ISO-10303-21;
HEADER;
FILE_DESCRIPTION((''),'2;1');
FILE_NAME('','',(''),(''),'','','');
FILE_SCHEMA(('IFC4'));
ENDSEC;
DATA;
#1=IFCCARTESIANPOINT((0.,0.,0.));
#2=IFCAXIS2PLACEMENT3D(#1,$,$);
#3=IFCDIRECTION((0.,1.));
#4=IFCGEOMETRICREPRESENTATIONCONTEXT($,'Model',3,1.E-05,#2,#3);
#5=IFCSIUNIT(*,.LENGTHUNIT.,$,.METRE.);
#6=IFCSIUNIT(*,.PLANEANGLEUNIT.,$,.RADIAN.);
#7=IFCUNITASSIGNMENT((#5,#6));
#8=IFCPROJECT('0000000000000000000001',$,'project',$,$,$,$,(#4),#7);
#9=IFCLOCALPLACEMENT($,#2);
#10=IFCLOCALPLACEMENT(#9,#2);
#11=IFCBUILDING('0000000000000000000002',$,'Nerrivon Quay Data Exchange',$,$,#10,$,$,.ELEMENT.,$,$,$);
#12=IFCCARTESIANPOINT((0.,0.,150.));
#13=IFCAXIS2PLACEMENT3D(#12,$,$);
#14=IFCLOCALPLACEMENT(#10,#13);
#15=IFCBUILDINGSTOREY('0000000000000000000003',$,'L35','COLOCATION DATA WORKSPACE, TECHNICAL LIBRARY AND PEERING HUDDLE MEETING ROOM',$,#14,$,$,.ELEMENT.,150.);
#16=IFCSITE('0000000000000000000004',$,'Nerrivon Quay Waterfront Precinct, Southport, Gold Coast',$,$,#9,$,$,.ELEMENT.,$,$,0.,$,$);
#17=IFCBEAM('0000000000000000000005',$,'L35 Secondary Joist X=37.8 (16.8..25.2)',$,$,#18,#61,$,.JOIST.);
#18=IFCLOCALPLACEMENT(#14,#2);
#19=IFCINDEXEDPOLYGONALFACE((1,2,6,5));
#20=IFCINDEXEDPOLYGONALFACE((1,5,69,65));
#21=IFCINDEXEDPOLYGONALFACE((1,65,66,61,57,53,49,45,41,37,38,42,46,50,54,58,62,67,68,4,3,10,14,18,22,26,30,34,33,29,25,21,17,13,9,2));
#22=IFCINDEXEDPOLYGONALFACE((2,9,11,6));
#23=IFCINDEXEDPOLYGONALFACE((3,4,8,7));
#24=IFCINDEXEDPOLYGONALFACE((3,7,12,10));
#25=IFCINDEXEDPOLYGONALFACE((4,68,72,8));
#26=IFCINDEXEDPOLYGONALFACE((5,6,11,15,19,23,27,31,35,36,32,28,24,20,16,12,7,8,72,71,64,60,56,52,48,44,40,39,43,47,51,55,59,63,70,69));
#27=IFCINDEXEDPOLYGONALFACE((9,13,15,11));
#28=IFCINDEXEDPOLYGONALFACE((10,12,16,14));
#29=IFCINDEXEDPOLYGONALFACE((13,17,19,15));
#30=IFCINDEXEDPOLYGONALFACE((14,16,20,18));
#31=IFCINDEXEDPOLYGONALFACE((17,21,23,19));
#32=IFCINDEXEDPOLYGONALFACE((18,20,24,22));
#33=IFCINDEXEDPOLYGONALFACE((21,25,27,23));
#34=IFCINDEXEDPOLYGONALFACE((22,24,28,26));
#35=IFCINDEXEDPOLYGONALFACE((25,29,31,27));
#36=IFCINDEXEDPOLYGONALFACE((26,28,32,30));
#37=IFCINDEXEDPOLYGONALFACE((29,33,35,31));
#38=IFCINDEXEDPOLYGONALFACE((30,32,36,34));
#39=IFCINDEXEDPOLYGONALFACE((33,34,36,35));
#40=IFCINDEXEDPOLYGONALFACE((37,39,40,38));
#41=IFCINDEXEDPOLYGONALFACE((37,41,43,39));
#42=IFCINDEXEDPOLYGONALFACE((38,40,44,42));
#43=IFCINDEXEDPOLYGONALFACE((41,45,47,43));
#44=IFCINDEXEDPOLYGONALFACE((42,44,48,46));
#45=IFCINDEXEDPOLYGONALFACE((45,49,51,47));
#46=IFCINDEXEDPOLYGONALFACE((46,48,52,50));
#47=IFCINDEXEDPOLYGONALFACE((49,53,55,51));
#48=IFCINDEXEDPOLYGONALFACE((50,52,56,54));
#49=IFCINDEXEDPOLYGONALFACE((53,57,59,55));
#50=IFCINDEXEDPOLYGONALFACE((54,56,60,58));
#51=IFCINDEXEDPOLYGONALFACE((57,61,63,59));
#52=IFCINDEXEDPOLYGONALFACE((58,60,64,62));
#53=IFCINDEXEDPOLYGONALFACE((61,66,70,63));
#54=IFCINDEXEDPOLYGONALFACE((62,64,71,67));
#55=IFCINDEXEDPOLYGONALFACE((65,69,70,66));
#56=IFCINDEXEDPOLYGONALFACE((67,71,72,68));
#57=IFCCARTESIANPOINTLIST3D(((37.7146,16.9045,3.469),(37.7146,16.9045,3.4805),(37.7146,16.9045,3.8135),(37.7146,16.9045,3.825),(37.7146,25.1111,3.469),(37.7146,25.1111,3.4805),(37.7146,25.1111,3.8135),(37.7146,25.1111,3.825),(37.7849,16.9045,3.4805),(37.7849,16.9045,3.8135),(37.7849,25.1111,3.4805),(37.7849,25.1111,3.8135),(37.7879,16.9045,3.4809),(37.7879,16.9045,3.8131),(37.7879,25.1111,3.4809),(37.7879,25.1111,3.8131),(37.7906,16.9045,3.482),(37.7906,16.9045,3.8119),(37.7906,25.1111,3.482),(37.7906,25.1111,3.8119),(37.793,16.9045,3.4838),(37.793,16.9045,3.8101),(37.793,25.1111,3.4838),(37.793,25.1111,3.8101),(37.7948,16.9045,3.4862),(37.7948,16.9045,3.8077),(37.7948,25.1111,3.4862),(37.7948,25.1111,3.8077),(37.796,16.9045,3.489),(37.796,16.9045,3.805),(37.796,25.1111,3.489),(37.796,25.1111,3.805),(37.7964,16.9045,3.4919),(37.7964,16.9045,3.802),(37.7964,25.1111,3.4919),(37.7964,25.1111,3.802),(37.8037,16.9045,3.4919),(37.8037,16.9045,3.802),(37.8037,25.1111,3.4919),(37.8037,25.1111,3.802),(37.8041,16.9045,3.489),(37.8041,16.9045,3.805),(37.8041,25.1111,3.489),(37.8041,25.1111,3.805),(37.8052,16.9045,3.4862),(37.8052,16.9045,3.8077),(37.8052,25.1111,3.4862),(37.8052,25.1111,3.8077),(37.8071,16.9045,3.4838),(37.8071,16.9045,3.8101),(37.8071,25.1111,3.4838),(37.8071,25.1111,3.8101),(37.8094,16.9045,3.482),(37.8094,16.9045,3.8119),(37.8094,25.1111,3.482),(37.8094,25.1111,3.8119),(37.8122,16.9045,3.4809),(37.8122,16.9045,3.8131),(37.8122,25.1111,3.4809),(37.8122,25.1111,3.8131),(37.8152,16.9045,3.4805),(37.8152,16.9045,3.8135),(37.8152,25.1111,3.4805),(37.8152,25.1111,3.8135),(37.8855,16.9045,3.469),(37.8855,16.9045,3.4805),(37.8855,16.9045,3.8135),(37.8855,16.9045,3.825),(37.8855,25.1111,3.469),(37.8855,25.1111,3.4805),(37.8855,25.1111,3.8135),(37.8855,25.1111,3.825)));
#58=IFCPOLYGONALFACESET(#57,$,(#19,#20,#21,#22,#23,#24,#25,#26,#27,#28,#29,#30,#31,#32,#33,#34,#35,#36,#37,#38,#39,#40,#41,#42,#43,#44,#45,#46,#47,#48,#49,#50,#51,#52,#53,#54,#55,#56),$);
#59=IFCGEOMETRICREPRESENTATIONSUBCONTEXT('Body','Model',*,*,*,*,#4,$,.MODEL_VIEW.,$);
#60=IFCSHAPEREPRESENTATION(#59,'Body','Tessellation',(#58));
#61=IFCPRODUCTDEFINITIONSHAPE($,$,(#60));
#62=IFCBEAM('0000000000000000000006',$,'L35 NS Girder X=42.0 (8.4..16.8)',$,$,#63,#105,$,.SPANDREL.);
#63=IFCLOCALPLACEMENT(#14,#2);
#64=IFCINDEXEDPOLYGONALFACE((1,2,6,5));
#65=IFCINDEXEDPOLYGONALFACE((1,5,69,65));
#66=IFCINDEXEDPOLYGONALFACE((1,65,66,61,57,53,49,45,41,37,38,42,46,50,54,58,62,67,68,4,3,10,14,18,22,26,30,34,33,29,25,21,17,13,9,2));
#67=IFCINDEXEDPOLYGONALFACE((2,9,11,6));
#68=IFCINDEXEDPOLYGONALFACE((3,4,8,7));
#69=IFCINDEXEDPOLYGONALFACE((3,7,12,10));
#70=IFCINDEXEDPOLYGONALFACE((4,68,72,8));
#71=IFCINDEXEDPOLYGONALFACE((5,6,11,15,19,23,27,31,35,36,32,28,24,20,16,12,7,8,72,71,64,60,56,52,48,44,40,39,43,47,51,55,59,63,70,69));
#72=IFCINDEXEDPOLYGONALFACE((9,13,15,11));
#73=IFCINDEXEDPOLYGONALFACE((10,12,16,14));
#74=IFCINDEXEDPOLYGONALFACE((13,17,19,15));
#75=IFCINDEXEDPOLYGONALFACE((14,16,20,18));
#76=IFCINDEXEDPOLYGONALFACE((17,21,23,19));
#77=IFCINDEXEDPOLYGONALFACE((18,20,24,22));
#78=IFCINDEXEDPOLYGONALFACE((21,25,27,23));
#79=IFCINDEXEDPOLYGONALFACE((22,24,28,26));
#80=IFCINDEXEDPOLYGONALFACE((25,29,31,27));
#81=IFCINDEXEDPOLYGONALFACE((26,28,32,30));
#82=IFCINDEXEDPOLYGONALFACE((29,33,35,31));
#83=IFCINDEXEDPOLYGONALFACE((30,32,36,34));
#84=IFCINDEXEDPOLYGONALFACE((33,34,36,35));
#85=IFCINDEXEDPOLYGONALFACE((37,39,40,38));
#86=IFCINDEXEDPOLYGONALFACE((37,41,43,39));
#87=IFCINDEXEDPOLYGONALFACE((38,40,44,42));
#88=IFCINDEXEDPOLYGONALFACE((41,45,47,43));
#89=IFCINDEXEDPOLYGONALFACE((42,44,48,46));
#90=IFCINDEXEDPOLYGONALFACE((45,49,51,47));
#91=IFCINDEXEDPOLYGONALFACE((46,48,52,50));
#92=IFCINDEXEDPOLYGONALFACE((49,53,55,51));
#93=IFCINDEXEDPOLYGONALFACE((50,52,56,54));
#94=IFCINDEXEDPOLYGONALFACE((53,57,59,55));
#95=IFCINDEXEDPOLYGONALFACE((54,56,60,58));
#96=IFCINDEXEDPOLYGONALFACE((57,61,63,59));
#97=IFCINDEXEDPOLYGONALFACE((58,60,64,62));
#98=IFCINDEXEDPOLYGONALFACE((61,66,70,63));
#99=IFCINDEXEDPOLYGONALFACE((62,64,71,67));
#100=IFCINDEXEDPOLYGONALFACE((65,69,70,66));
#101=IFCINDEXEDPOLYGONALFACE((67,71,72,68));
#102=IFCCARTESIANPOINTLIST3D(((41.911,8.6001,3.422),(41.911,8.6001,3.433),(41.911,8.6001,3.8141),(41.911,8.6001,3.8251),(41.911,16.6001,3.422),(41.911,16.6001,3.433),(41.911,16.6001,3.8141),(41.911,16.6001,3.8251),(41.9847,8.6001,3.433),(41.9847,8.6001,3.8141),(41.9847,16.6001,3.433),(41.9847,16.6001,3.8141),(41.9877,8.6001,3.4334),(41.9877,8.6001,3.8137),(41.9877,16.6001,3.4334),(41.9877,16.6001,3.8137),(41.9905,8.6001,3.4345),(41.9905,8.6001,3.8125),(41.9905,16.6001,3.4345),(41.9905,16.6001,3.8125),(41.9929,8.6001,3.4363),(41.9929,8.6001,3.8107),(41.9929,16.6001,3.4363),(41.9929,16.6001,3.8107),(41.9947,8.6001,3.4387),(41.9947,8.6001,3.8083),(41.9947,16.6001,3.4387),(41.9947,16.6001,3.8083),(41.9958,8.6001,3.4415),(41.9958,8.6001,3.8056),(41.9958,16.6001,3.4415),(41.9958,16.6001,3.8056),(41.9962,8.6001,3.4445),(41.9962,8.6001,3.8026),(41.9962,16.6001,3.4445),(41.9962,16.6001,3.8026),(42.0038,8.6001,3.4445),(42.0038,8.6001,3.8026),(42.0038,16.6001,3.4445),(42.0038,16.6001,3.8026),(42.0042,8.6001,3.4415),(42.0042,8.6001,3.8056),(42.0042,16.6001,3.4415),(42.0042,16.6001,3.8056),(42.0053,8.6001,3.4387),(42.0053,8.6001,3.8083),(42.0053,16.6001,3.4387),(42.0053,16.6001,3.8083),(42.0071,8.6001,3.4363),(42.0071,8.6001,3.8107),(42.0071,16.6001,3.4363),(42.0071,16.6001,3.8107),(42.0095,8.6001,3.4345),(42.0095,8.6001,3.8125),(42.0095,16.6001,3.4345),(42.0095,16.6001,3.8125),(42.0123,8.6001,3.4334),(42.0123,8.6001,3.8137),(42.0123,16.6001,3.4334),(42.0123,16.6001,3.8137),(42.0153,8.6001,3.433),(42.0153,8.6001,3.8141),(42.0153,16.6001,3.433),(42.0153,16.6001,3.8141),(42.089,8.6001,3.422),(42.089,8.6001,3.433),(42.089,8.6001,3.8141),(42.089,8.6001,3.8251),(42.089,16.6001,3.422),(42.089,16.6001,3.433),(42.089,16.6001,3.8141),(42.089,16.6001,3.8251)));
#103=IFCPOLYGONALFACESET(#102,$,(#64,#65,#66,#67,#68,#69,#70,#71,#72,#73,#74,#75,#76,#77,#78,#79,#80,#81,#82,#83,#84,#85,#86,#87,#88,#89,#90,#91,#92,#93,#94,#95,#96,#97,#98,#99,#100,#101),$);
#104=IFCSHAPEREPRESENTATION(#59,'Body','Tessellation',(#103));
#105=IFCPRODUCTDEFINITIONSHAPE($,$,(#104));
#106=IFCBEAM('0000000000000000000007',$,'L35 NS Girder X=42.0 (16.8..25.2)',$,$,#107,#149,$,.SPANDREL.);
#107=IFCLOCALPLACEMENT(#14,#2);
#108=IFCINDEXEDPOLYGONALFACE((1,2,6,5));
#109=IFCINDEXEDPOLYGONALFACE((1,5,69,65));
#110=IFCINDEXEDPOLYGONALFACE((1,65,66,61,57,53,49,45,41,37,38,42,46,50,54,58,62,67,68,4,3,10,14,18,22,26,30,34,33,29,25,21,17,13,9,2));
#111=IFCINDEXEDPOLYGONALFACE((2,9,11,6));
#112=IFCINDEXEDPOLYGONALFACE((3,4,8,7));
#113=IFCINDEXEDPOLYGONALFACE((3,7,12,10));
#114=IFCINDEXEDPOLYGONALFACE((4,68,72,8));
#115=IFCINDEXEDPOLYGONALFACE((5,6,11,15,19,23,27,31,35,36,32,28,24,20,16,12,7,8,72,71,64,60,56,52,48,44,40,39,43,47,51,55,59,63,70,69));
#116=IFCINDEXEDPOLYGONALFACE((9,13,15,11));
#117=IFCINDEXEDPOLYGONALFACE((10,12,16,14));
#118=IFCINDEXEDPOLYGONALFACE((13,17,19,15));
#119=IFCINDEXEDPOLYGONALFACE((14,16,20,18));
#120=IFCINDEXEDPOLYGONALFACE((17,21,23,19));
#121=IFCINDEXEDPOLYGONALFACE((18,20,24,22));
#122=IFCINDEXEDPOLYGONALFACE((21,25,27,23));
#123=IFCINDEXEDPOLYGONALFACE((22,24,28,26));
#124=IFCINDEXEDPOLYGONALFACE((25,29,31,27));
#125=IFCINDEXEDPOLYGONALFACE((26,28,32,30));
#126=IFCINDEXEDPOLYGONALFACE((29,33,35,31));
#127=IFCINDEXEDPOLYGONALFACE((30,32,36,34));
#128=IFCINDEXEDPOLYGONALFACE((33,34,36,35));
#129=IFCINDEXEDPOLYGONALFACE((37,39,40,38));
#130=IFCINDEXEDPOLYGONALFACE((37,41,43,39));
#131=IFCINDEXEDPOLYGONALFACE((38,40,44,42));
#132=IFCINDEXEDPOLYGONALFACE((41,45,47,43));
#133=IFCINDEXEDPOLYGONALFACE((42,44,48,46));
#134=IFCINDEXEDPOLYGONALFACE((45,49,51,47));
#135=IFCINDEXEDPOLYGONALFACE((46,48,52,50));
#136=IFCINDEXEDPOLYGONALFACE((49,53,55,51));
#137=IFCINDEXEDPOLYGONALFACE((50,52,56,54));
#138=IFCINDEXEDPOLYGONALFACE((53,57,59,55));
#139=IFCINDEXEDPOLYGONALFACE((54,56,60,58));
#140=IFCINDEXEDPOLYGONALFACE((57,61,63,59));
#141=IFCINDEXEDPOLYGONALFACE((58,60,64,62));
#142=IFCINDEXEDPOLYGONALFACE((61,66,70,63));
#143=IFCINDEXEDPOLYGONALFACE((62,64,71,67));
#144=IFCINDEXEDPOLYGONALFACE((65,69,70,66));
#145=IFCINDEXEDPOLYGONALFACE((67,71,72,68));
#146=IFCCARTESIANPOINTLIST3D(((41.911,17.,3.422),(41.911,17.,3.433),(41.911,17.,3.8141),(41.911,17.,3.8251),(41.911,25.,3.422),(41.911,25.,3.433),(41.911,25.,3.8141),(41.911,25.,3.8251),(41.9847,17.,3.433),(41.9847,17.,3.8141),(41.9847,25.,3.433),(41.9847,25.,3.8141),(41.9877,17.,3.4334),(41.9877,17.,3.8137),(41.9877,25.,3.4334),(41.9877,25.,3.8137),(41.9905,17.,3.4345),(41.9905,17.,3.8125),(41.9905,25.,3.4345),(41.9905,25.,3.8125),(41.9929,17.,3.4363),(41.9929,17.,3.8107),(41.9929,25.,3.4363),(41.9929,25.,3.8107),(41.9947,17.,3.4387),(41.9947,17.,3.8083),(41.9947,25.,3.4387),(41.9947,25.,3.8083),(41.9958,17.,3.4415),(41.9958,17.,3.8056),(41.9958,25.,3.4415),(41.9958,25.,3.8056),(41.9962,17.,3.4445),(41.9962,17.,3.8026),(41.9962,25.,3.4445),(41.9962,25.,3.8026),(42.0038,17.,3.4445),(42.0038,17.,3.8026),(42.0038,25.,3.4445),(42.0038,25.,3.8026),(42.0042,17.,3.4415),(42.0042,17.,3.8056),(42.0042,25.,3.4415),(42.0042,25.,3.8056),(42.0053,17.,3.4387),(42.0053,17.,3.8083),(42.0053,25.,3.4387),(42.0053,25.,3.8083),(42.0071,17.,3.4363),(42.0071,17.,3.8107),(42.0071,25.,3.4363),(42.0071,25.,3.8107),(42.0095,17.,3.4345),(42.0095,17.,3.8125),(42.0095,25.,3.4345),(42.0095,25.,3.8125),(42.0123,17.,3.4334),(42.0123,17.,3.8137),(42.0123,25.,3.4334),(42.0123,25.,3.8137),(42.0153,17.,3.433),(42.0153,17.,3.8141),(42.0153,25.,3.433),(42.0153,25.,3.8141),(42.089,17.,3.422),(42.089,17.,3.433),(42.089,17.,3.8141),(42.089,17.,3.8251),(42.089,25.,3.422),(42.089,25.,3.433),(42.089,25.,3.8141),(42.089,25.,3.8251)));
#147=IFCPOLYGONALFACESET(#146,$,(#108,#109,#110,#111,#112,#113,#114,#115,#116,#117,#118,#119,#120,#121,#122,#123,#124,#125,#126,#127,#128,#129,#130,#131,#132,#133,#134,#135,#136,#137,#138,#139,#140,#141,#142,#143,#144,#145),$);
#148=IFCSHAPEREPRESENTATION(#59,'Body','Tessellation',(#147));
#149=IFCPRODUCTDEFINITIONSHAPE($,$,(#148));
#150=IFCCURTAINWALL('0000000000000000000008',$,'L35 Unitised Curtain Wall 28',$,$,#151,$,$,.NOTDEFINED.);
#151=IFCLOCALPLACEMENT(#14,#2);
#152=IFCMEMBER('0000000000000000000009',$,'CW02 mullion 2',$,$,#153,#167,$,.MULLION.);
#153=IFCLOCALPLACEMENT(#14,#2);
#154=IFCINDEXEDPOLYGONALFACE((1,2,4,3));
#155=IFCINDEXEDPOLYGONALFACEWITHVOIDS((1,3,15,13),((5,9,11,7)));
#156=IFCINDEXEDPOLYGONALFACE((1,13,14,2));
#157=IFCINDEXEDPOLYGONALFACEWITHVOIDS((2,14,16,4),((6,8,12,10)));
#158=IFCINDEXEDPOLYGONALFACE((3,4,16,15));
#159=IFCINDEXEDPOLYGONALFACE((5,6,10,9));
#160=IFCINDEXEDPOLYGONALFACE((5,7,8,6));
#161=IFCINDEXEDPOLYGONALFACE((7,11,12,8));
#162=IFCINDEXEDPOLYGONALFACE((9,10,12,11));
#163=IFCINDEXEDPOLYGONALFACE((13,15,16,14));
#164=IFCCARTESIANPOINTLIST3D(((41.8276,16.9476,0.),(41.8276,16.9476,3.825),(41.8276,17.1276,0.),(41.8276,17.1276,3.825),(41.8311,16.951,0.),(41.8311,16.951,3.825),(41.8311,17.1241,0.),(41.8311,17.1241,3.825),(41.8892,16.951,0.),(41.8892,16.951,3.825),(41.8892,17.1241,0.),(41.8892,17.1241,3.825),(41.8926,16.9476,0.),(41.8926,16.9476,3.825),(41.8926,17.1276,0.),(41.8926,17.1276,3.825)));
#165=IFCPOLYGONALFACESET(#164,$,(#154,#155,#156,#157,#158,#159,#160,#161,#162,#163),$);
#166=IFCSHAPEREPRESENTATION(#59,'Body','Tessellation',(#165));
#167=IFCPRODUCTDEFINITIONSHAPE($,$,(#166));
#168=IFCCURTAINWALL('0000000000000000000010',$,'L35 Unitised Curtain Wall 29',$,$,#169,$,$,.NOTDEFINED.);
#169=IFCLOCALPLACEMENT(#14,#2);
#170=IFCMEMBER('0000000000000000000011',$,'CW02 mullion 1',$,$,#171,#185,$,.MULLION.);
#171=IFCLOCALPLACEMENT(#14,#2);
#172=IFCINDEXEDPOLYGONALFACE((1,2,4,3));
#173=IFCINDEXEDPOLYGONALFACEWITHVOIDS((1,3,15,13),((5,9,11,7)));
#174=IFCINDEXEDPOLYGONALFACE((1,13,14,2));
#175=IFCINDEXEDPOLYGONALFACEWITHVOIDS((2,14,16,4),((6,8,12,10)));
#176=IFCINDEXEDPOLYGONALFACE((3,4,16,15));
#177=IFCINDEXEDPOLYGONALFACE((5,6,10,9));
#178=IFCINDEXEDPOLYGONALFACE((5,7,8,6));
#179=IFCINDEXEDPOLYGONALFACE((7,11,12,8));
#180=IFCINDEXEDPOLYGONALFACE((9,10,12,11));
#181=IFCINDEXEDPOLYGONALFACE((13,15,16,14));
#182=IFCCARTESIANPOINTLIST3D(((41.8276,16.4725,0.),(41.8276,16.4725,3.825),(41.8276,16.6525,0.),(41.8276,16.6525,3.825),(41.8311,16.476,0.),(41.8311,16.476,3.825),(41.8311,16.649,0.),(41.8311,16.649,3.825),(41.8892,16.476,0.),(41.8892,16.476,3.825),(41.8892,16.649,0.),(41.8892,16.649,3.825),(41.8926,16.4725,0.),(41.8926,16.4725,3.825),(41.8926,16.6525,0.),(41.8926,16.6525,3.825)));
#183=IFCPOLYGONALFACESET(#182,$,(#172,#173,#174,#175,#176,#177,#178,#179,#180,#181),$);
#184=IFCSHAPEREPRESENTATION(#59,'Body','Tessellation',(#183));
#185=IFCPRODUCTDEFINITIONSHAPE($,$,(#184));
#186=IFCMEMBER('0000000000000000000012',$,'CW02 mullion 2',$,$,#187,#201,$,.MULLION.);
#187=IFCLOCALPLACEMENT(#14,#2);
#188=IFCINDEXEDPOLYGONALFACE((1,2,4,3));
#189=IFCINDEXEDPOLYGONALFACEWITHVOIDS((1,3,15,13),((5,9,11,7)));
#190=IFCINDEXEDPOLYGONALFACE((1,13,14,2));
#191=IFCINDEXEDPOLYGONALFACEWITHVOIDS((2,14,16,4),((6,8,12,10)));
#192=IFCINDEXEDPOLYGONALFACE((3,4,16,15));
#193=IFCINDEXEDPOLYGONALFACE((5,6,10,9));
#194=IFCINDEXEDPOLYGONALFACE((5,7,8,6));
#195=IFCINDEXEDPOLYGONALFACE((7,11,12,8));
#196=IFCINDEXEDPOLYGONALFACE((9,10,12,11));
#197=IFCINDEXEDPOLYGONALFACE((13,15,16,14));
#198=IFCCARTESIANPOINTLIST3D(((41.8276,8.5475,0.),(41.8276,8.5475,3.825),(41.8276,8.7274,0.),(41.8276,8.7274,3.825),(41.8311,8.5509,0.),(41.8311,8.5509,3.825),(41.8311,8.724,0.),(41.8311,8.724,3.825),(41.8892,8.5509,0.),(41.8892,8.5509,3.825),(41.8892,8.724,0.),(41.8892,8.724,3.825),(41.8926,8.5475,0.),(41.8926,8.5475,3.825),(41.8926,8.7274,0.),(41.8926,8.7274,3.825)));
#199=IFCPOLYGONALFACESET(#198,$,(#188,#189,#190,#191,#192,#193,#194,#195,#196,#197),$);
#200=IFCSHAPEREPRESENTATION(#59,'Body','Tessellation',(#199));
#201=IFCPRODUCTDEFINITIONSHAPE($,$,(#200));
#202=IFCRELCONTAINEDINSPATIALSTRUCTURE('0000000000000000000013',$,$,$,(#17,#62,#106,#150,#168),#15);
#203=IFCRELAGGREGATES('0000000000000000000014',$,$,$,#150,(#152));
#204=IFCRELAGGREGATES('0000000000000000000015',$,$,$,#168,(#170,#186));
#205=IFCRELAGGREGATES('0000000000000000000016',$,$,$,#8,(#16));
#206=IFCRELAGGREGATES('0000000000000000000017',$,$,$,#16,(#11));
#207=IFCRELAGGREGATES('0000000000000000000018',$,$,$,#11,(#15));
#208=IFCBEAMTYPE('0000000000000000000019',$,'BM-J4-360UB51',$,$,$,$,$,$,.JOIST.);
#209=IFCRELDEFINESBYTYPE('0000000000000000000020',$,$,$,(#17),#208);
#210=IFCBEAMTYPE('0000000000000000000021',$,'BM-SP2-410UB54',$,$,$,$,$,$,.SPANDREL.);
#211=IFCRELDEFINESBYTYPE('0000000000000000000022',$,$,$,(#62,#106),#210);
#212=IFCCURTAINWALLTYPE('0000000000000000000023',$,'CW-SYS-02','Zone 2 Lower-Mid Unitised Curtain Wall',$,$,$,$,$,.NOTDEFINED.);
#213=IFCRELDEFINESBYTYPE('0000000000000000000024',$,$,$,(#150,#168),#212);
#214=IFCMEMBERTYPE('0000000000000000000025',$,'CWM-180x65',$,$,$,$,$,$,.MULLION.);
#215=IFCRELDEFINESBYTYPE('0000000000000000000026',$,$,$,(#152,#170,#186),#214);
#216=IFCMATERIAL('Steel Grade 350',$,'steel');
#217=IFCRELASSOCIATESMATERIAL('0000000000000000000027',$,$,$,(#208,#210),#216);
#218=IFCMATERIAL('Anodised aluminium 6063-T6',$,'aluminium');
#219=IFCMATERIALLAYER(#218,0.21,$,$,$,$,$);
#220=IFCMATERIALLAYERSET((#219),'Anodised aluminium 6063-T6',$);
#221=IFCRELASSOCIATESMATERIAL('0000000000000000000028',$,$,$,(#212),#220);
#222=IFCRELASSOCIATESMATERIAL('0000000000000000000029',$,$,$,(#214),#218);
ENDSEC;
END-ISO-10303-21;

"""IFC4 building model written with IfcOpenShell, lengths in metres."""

from ifc_helpers import new_model, si_unit, direction, frame, origin, origin_2d, place, context, subcontext, project, spatial, hollow_rectangle, i_section, extrude, material, layer, layer_set, material_profile, profile_set, type_object, element, aggregate, save


model = new_model("IFC4")

# Units and contexts
model_context = context("Model", 3, precision=1e-05, world=origin(), true_north=direction((0.0, 1.0)))
body_context = subcontext(model_context, "Body", "Model", "MODEL_VIEW")
ifc_project = project(units=[si_unit("LENGTHUNIT", "METRE"), si_unit("PLANEANGLEUNIT", "RADIAN")], contexts=[model_context])

# Site, building, storey
site_placement = place(None, origin())
site = spatial("IfcSite", under=ifc_project, at=site_placement, Name="Nerrivon Quay Waterfront Precinct, Southport, Gold Coast", CompositionType="ELEMENT", RefElevation=0.0)
building_placement = place(site_placement, origin())
building = spatial("IfcBuilding", under=site, at=building_placement, Name="Nerrivon Quay Data Exchange", CompositionType="ELEMENT")
storey_placement = place(building_placement, frame((0.0, 0.0, 150.0)))
storey = spatial("IfcBuildingStorey", under=building, at=storey_placement, Name="L35", Description="COLOCATION DATA WORKSPACE, TECHNICAL LIBRARY AND PEERING HUDDLE MEETING ROOM", CompositionType="ELEMENT", Elevation=150.0)

# Shared definitions
ifc_material_1 = material(Name="Steel Grade 350", Category="steel")

# Beams
ifc_material_profile_1 = material_profile(ifc_material_1, i_section(OverallWidth=0.1709, OverallDepth=0.356, WebThickness=0.0073, FlangeThickness=0.0115, FilletRadius=0.0115, at=origin_2d()), Name="360UB50.7")
ifc_profile_set_1 = profile_set([ifc_material_profile_1], Name="Steel Grade 350")
beam_type_1 = type_object("IfcBeamType", Name="BM-J4-360UB51", PredefinedType="JOIST", material=ifc_profile_set_1)
beam_1_placement = place(storey_placement, frame((37.8, 16.9045, 3.647), z_axis=(0.0, 1.0, 0.0), x_axis=(-1.0, 0.0, 0.0)))
element("IfcBeam", 1, at=beam_1_placement, inside=storey, type_object=beam_type_1, Name="L35 Secondary Joist X=37.8 (16.8..25.2)", PredefinedType="JOIST", context=body_context, shape_type="SweptSolid", body=[
    extrude(i_section(OverallWidth=0.1709, OverallDepth=0.356, WebThickness=0.0073, FlangeThickness=0.0115, FilletRadius=0.0115, at=origin_2d()), origin(), (0.0, 0.0, 1.0), 8.2065),
])
ifc_material_profile_2 = material_profile(ifc_material_1, i_section(OverallWidth=0.178, OverallDepth=0.4031, WebThickness=0.0076, FlangeThickness=0.011, FilletRadius=0.0115, at=origin_2d()), Name="410UB53.7")
ifc_profile_set_2 = profile_set([ifc_material_profile_2], Name="Steel Grade 350")
beam_type_2 = type_object("IfcBeamType", Name="BM-SP2-410UB54", PredefinedType="SPANDREL", material=ifc_profile_set_2)
for number, where, z_axis, x_axis, name in (
    (2, (42.0, 8.6001, 3.6235), (0.0, 1.0, 0.0), (-1.0, 0.0, 0.0), "L35 NS Girder X=42.0 (8.4..16.8)"),
    (3, (42.0, 17.0, 3.6235), (0.0, 1.0, 0.0), (-1.0, 0.0, 0.0), "L35 NS Girder X=42.0 (16.8..25.2)"),
):
    element("IfcBeam", number, at=place(storey_placement, frame(where, z_axis=z_axis, x_axis=x_axis)), inside=storey, type_object=beam_type_2, Name=name, PredefinedType="SPANDREL", context=body_context, shape_type="SweptSolid", body=[
        extrude(i_section(OverallWidth=0.178, OverallDepth=0.4031, WebThickness=0.0076, FlangeThickness=0.011, FilletRadius=0.0115, at=origin_2d()), origin(), (0.0, 0.0, 1.0), 8.0),
    ])

# Curtain wall, member
ifc_material_2 = material(Name="Anodised aluminium 6063-T6", Category="aluminium")
ifc_layer_1 = layer(ifc_material_2, 0.21)
ifc_layer_set_1 = layer_set([ifc_layer_1], Name="Anodised aluminium 6063-T6")
curtain_wall_type = type_object("IfcCurtainWallType", Name="CW-SYS-02", Description="Zone 2 Lower-Mid Unitised Curtain Wall", PredefinedType="NOTDEFINED", material=ifc_layer_set_1)
curtain_wall_1_placement = place(storey_placement, origin())
curtain_wall_1 = element("IfcCurtainWall", 4, at=curtain_wall_1_placement, inside=storey, type_object=curtain_wall_type, Name="L35 Unitised Curtain Wall 28", PredefinedType="NOTDEFINED")
ifc_material_profile_3 = material_profile(ifc_material_2, hollow_rectangle(XDim=0.0649, YDim=0.1799, WallThickness=0.0034, at=origin_2d()), Name="ALU-MULL-180x65")
ifc_profile_set_3 = profile_set([ifc_material_profile_3], Name="Anodised aluminium 6063-T6")
member_type_1 = type_object("IfcMemberType", Name="CWM-180x65", PredefinedType="MULLION", material=ifc_profile_set_3)
member_1_placement = place(storey_placement, frame((41.8601, 17.0376, 0.0), z_axis=(0.0, 0.0, 1.0), x_axis=(1.0, 0.0, 0.0)))
member_1 = element("IfcMember", 5, at=member_1_placement, type_object=member_type_1, Name="CW02 mullion 2", PredefinedType="MULLION", context=body_context, shape_type="SweptSolid", body=[
    extrude(hollow_rectangle(XDim=0.0649, YDim=0.1799, WallThickness=0.0034, at=origin_2d()), origin(), (0.0, 0.0, 1.0), 3.825),
])
aggregate(curtain_wall_1, [member_1])

# Curtain wall, members
curtain_wall_2_placement = place(storey_placement, origin())
curtain_wall_2 = element("IfcCurtainWall", 6, at=curtain_wall_2_placement, inside=storey, type_object=curtain_wall_type, Name="L35 Unitised Curtain Wall 29", PredefinedType="NOTDEFINED")
member_2_placement = place(storey_placement, frame((41.8601, 16.5625, 0.0), z_axis=(0.0, 0.0, 1.0), x_axis=(1.0, 0.0, 0.0)))
member_2 = element("IfcMember", 7, at=member_2_placement, type_object=member_type_1, Name="CW02 mullion 1", PredefinedType="MULLION", context=body_context, shape_type="SweptSolid", body=[
    extrude(hollow_rectangle(XDim=0.0649, YDim=0.1799, WallThickness=0.0034, at=origin_2d()), origin(), (0.0, 0.0, 1.0), 3.825),
])
member_3_placement = place(storey_placement, frame((41.8601, 8.6375, 0.0), z_axis=(0.0, 0.0, 1.0), x_axis=(1.0, 0.0, 0.0)))
member_3 = element("IfcMember", 8, at=member_3_placement, type_object=member_type_1, Name="CW02 mullion 2", PredefinedType="MULLION", context=body_context, shape_type="SweptSolid", body=[
    extrude(hollow_rectangle(XDim=0.0649, YDim=0.1799, WallThickness=0.0034, at=origin_2d()), origin(), (0.0, 0.0, 1.0), 3.825),
])
aggregate(curtain_wall_2, [member_2, member_3])

save(model, "model.ifc")
